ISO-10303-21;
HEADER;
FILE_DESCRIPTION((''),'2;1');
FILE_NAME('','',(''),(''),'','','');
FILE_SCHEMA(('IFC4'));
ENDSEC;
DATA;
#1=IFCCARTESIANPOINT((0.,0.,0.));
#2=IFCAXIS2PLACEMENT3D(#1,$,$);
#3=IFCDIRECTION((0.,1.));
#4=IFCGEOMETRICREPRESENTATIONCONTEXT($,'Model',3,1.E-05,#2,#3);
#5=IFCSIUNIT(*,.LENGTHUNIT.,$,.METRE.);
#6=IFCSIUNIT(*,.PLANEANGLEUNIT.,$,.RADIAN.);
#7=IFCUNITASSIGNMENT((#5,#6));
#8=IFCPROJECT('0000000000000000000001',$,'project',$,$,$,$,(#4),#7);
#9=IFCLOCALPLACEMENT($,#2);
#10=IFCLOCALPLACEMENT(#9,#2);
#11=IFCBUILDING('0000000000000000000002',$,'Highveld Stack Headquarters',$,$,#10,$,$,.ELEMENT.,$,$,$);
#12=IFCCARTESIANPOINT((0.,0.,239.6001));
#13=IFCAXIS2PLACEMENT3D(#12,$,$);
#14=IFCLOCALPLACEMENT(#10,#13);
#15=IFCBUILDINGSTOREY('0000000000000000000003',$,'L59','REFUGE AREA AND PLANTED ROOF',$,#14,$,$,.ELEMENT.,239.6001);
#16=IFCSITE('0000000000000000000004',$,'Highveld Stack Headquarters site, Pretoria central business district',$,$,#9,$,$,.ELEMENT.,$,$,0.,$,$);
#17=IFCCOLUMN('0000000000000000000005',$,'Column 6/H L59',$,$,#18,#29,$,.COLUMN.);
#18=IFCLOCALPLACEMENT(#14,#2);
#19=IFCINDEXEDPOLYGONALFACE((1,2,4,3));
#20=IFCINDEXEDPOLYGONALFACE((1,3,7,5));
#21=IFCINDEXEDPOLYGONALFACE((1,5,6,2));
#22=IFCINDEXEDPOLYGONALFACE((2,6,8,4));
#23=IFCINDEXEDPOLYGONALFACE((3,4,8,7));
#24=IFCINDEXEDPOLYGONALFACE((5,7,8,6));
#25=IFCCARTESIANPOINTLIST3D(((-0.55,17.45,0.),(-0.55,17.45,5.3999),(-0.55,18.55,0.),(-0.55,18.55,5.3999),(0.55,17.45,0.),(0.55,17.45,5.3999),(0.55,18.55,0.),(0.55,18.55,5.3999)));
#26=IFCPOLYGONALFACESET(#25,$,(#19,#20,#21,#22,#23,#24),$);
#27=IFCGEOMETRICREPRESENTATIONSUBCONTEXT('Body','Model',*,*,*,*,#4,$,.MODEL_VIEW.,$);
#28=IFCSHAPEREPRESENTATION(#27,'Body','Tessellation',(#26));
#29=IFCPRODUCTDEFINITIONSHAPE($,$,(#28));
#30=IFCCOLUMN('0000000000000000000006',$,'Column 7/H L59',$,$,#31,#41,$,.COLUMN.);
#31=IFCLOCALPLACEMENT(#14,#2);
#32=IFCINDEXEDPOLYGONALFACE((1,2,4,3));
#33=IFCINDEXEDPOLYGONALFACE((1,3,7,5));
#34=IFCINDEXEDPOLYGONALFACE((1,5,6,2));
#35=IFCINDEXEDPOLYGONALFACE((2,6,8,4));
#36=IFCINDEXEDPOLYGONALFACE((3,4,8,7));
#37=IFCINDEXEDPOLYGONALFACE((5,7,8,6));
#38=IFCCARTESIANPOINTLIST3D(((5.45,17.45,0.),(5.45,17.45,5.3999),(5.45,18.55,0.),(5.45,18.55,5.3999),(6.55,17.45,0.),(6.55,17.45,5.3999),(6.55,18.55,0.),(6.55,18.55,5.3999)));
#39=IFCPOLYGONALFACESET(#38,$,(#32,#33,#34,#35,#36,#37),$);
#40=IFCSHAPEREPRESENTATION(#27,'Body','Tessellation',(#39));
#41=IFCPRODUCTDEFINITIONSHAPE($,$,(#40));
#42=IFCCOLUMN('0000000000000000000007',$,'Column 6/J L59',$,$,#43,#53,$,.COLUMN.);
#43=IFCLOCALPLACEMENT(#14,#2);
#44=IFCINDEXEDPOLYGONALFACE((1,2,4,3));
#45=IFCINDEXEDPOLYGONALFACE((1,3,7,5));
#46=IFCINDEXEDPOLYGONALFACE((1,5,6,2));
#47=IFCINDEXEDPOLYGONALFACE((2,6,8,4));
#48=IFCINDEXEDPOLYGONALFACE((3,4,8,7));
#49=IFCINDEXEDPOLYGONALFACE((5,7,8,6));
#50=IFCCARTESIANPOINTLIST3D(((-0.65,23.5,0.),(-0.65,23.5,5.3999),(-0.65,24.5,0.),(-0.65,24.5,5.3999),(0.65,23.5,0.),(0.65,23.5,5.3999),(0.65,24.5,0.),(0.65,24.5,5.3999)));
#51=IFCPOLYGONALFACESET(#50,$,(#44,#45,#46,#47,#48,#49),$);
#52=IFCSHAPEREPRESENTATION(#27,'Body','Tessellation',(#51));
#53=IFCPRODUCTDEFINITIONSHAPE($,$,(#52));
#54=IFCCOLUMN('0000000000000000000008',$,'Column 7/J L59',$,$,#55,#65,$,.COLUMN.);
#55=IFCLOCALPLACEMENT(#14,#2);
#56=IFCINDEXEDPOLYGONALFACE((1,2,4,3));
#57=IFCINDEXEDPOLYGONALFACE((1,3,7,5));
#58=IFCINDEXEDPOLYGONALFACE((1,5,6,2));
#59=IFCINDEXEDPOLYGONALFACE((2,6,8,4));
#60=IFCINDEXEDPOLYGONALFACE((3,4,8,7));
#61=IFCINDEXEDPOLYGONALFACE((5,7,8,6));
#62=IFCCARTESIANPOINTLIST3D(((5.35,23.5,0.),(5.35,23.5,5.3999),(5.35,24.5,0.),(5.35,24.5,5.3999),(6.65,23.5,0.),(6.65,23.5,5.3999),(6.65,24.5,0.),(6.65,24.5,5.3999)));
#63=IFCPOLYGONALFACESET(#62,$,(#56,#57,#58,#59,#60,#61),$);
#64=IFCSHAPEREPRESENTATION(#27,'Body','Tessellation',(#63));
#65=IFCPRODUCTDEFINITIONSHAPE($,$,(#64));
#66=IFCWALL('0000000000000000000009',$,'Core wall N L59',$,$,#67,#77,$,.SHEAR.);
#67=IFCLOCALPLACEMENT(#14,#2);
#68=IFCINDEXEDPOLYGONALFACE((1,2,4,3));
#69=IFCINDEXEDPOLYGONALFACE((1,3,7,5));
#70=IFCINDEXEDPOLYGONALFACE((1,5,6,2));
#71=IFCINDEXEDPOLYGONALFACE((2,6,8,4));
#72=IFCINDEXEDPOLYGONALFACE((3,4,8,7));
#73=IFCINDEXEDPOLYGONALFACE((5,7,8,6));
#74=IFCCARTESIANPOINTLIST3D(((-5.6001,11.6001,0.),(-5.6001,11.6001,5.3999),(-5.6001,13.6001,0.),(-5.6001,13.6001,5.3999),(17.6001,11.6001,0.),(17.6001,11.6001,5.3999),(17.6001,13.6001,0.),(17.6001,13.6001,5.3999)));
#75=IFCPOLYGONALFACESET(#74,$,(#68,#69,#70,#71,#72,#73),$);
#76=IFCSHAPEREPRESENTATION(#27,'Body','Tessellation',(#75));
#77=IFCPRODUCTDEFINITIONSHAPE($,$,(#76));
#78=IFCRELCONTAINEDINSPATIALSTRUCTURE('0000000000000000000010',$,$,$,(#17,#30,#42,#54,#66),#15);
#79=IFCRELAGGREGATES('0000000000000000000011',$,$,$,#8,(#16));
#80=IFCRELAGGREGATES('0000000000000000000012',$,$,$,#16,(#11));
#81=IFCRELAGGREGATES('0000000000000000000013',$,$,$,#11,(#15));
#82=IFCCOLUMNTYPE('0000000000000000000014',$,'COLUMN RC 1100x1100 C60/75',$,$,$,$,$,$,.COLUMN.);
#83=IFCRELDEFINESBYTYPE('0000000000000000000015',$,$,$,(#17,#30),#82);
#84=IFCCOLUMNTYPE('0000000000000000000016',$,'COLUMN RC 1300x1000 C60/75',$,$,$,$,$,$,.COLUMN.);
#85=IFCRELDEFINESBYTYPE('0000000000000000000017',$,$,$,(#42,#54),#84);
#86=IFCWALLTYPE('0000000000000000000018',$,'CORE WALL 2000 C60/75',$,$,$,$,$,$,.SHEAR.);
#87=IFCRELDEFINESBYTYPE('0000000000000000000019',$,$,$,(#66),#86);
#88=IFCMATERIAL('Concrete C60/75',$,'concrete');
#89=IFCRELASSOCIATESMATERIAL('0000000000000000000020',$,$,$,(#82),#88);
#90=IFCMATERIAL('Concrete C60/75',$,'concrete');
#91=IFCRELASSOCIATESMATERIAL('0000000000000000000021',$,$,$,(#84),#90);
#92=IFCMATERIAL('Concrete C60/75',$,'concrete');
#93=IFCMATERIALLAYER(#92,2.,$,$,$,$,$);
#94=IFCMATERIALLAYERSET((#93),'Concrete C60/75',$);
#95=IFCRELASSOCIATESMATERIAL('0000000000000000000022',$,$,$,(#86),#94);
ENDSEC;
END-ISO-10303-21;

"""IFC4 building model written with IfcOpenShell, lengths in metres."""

from ifc_helpers import new_model, si_unit, direction, frame, frame_2d, origin, origin_2d, place, context, subcontext, project, spatial, rectangle, extrude, material, layer, layer_set, material_profile, profile_set, type_object, element, save


model = new_model("IFC4")

# Units and contexts
model_context = context("Model", 3, precision=1e-05, world=origin(), true_north=direction((0.0, 1.0)))
body_context = subcontext(model_context, "Body", "Model", "MODEL_VIEW")
ifc_project = project(units=[si_unit("LENGTHUNIT", "METRE"), si_unit("PLANEANGLEUNIT", "RADIAN")], contexts=[model_context])

# Site, building, storey
site_placement = place(None, origin())
site = spatial("IfcSite", under=ifc_project, at=site_placement, Name="Highveld Stack Headquarters site, Pretoria central business district", CompositionType="ELEMENT", RefElevation=0.0)
building_placement = place(site_placement, origin())
building = spatial("IfcBuilding", under=site, at=building_placement, Name="Highveld Stack Headquarters", CompositionType="ELEMENT")
storey_placement = place(building_placement, frame((0.0, 0.0, 239.6001)))
storey = spatial("IfcBuildingStorey", under=building, at=storey_placement, Name="L59", Description="REFUGE AREA AND PLANTED ROOF", CompositionType="ELEMENT", Elevation=239.6001)

# Columns
ifc_material_1 = material(Name="Concrete C60/75", Category="concrete")
ifc_material_profile_1 = material_profile(ifc_material_1, rectangle(XDim=1.1001, YDim=1.1001, at=origin_2d()), Name="RC 1100x1100")
ifc_profile_set_1 = profile_set([ifc_material_profile_1], Name="Concrete C60/75")
column_type_1 = type_object("IfcColumnType", Name="COLUMN RC 1100x1100 C60/75", PredefinedType="COLUMN", material=ifc_profile_set_1)
for number, where, z_axis, x_axis, name in (
    (1, (0.0, 18.0, 0.0), (0.0, 0.0, 1.0), (1.0, 0.0, 0.0), "Column 6/H L59"),
    (2, (6.0, 18.0, 0.0), (0.0, 0.0, 1.0), (1.0, 0.0, 0.0), "Column 7/H L59"),
):
    element("IfcColumn", number, at=place(storey_placement, frame(where, z_axis=z_axis, x_axis=x_axis)), inside=storey, type_object=column_type_1, Name=name, PredefinedType="COLUMN", context=body_context, shape_type="SweptSolid", body=[
        extrude(rectangle(XDim=1.1001, YDim=1.1001, at=origin_2d()), origin(), (0.0, 0.0, 1.0), 5.3999),
    ])
ifc_material_2 = material(Name="Concrete C60/75", Category="concrete")
ifc_material_profile_2 = material_profile(ifc_material_2, rectangle(XDim=1.3, YDim=1.0, at=origin_2d()), Name="RC 1300x1000")
ifc_profile_set_2 = profile_set([ifc_material_profile_2], Name="Concrete C60/75")
column_type_2 = type_object("IfcColumnType", Name="COLUMN RC 1300x1000 C60/75", PredefinedType="COLUMN", material=ifc_profile_set_2)
for number, where, z_axis, x_axis, name in (
    (3, (0.0, 24.0, 0.0), (0.0, 0.0, 1.0), (1.0, 0.0, 0.0), "Column 6/J L59"),
    (4, (6.0, 24.0, 0.0), (0.0, 0.0, 1.0), (1.0, 0.0, 0.0), "Column 7/J L59"),
):
    element("IfcColumn", number, at=place(storey_placement, frame(where, z_axis=z_axis, x_axis=x_axis)), inside=storey, type_object=column_type_2, Name=name, PredefinedType="COLUMN", context=body_context, shape_type="SweptSolid", body=[
        extrude(rectangle(XDim=1.3, YDim=1.0, at=origin_2d()), origin(), (0.0, 0.0, 1.0), 5.3999),
    ])

# Wall
ifc_material_3 = material(Name="Concrete C60/75", Category="concrete")
ifc_layer_1 = layer(ifc_material_3, 2.0)
ifc_layer_set_1 = layer_set([ifc_layer_1], Name="Concrete C60/75")
wall_type_1 = type_object("IfcWallType", Name="CORE WALL 2000 C60/75", PredefinedType="SHEAR", material=ifc_layer_set_1)
wall_1_placement = place(storey_placement, frame((-5.6001, 12.6001, 0.0), z_axis=(0.0, 0.0, 1.0), x_axis=(1.0, 0.0, 0.0)))
element("IfcWall", 5, at=wall_1_placement, inside=storey, type_object=wall_type_1, Name="Core wall N L59", PredefinedType="SHEAR", context=body_context, shape_type="SweptSolid", body=[
    extrude(rectangle(XDim=23.2002, YDim=2.0, at=frame_2d((11.6001, 0.0))), origin(), (0.0, 0.0, 1.0), 5.3999),
])

save(model, "model.ifc")
